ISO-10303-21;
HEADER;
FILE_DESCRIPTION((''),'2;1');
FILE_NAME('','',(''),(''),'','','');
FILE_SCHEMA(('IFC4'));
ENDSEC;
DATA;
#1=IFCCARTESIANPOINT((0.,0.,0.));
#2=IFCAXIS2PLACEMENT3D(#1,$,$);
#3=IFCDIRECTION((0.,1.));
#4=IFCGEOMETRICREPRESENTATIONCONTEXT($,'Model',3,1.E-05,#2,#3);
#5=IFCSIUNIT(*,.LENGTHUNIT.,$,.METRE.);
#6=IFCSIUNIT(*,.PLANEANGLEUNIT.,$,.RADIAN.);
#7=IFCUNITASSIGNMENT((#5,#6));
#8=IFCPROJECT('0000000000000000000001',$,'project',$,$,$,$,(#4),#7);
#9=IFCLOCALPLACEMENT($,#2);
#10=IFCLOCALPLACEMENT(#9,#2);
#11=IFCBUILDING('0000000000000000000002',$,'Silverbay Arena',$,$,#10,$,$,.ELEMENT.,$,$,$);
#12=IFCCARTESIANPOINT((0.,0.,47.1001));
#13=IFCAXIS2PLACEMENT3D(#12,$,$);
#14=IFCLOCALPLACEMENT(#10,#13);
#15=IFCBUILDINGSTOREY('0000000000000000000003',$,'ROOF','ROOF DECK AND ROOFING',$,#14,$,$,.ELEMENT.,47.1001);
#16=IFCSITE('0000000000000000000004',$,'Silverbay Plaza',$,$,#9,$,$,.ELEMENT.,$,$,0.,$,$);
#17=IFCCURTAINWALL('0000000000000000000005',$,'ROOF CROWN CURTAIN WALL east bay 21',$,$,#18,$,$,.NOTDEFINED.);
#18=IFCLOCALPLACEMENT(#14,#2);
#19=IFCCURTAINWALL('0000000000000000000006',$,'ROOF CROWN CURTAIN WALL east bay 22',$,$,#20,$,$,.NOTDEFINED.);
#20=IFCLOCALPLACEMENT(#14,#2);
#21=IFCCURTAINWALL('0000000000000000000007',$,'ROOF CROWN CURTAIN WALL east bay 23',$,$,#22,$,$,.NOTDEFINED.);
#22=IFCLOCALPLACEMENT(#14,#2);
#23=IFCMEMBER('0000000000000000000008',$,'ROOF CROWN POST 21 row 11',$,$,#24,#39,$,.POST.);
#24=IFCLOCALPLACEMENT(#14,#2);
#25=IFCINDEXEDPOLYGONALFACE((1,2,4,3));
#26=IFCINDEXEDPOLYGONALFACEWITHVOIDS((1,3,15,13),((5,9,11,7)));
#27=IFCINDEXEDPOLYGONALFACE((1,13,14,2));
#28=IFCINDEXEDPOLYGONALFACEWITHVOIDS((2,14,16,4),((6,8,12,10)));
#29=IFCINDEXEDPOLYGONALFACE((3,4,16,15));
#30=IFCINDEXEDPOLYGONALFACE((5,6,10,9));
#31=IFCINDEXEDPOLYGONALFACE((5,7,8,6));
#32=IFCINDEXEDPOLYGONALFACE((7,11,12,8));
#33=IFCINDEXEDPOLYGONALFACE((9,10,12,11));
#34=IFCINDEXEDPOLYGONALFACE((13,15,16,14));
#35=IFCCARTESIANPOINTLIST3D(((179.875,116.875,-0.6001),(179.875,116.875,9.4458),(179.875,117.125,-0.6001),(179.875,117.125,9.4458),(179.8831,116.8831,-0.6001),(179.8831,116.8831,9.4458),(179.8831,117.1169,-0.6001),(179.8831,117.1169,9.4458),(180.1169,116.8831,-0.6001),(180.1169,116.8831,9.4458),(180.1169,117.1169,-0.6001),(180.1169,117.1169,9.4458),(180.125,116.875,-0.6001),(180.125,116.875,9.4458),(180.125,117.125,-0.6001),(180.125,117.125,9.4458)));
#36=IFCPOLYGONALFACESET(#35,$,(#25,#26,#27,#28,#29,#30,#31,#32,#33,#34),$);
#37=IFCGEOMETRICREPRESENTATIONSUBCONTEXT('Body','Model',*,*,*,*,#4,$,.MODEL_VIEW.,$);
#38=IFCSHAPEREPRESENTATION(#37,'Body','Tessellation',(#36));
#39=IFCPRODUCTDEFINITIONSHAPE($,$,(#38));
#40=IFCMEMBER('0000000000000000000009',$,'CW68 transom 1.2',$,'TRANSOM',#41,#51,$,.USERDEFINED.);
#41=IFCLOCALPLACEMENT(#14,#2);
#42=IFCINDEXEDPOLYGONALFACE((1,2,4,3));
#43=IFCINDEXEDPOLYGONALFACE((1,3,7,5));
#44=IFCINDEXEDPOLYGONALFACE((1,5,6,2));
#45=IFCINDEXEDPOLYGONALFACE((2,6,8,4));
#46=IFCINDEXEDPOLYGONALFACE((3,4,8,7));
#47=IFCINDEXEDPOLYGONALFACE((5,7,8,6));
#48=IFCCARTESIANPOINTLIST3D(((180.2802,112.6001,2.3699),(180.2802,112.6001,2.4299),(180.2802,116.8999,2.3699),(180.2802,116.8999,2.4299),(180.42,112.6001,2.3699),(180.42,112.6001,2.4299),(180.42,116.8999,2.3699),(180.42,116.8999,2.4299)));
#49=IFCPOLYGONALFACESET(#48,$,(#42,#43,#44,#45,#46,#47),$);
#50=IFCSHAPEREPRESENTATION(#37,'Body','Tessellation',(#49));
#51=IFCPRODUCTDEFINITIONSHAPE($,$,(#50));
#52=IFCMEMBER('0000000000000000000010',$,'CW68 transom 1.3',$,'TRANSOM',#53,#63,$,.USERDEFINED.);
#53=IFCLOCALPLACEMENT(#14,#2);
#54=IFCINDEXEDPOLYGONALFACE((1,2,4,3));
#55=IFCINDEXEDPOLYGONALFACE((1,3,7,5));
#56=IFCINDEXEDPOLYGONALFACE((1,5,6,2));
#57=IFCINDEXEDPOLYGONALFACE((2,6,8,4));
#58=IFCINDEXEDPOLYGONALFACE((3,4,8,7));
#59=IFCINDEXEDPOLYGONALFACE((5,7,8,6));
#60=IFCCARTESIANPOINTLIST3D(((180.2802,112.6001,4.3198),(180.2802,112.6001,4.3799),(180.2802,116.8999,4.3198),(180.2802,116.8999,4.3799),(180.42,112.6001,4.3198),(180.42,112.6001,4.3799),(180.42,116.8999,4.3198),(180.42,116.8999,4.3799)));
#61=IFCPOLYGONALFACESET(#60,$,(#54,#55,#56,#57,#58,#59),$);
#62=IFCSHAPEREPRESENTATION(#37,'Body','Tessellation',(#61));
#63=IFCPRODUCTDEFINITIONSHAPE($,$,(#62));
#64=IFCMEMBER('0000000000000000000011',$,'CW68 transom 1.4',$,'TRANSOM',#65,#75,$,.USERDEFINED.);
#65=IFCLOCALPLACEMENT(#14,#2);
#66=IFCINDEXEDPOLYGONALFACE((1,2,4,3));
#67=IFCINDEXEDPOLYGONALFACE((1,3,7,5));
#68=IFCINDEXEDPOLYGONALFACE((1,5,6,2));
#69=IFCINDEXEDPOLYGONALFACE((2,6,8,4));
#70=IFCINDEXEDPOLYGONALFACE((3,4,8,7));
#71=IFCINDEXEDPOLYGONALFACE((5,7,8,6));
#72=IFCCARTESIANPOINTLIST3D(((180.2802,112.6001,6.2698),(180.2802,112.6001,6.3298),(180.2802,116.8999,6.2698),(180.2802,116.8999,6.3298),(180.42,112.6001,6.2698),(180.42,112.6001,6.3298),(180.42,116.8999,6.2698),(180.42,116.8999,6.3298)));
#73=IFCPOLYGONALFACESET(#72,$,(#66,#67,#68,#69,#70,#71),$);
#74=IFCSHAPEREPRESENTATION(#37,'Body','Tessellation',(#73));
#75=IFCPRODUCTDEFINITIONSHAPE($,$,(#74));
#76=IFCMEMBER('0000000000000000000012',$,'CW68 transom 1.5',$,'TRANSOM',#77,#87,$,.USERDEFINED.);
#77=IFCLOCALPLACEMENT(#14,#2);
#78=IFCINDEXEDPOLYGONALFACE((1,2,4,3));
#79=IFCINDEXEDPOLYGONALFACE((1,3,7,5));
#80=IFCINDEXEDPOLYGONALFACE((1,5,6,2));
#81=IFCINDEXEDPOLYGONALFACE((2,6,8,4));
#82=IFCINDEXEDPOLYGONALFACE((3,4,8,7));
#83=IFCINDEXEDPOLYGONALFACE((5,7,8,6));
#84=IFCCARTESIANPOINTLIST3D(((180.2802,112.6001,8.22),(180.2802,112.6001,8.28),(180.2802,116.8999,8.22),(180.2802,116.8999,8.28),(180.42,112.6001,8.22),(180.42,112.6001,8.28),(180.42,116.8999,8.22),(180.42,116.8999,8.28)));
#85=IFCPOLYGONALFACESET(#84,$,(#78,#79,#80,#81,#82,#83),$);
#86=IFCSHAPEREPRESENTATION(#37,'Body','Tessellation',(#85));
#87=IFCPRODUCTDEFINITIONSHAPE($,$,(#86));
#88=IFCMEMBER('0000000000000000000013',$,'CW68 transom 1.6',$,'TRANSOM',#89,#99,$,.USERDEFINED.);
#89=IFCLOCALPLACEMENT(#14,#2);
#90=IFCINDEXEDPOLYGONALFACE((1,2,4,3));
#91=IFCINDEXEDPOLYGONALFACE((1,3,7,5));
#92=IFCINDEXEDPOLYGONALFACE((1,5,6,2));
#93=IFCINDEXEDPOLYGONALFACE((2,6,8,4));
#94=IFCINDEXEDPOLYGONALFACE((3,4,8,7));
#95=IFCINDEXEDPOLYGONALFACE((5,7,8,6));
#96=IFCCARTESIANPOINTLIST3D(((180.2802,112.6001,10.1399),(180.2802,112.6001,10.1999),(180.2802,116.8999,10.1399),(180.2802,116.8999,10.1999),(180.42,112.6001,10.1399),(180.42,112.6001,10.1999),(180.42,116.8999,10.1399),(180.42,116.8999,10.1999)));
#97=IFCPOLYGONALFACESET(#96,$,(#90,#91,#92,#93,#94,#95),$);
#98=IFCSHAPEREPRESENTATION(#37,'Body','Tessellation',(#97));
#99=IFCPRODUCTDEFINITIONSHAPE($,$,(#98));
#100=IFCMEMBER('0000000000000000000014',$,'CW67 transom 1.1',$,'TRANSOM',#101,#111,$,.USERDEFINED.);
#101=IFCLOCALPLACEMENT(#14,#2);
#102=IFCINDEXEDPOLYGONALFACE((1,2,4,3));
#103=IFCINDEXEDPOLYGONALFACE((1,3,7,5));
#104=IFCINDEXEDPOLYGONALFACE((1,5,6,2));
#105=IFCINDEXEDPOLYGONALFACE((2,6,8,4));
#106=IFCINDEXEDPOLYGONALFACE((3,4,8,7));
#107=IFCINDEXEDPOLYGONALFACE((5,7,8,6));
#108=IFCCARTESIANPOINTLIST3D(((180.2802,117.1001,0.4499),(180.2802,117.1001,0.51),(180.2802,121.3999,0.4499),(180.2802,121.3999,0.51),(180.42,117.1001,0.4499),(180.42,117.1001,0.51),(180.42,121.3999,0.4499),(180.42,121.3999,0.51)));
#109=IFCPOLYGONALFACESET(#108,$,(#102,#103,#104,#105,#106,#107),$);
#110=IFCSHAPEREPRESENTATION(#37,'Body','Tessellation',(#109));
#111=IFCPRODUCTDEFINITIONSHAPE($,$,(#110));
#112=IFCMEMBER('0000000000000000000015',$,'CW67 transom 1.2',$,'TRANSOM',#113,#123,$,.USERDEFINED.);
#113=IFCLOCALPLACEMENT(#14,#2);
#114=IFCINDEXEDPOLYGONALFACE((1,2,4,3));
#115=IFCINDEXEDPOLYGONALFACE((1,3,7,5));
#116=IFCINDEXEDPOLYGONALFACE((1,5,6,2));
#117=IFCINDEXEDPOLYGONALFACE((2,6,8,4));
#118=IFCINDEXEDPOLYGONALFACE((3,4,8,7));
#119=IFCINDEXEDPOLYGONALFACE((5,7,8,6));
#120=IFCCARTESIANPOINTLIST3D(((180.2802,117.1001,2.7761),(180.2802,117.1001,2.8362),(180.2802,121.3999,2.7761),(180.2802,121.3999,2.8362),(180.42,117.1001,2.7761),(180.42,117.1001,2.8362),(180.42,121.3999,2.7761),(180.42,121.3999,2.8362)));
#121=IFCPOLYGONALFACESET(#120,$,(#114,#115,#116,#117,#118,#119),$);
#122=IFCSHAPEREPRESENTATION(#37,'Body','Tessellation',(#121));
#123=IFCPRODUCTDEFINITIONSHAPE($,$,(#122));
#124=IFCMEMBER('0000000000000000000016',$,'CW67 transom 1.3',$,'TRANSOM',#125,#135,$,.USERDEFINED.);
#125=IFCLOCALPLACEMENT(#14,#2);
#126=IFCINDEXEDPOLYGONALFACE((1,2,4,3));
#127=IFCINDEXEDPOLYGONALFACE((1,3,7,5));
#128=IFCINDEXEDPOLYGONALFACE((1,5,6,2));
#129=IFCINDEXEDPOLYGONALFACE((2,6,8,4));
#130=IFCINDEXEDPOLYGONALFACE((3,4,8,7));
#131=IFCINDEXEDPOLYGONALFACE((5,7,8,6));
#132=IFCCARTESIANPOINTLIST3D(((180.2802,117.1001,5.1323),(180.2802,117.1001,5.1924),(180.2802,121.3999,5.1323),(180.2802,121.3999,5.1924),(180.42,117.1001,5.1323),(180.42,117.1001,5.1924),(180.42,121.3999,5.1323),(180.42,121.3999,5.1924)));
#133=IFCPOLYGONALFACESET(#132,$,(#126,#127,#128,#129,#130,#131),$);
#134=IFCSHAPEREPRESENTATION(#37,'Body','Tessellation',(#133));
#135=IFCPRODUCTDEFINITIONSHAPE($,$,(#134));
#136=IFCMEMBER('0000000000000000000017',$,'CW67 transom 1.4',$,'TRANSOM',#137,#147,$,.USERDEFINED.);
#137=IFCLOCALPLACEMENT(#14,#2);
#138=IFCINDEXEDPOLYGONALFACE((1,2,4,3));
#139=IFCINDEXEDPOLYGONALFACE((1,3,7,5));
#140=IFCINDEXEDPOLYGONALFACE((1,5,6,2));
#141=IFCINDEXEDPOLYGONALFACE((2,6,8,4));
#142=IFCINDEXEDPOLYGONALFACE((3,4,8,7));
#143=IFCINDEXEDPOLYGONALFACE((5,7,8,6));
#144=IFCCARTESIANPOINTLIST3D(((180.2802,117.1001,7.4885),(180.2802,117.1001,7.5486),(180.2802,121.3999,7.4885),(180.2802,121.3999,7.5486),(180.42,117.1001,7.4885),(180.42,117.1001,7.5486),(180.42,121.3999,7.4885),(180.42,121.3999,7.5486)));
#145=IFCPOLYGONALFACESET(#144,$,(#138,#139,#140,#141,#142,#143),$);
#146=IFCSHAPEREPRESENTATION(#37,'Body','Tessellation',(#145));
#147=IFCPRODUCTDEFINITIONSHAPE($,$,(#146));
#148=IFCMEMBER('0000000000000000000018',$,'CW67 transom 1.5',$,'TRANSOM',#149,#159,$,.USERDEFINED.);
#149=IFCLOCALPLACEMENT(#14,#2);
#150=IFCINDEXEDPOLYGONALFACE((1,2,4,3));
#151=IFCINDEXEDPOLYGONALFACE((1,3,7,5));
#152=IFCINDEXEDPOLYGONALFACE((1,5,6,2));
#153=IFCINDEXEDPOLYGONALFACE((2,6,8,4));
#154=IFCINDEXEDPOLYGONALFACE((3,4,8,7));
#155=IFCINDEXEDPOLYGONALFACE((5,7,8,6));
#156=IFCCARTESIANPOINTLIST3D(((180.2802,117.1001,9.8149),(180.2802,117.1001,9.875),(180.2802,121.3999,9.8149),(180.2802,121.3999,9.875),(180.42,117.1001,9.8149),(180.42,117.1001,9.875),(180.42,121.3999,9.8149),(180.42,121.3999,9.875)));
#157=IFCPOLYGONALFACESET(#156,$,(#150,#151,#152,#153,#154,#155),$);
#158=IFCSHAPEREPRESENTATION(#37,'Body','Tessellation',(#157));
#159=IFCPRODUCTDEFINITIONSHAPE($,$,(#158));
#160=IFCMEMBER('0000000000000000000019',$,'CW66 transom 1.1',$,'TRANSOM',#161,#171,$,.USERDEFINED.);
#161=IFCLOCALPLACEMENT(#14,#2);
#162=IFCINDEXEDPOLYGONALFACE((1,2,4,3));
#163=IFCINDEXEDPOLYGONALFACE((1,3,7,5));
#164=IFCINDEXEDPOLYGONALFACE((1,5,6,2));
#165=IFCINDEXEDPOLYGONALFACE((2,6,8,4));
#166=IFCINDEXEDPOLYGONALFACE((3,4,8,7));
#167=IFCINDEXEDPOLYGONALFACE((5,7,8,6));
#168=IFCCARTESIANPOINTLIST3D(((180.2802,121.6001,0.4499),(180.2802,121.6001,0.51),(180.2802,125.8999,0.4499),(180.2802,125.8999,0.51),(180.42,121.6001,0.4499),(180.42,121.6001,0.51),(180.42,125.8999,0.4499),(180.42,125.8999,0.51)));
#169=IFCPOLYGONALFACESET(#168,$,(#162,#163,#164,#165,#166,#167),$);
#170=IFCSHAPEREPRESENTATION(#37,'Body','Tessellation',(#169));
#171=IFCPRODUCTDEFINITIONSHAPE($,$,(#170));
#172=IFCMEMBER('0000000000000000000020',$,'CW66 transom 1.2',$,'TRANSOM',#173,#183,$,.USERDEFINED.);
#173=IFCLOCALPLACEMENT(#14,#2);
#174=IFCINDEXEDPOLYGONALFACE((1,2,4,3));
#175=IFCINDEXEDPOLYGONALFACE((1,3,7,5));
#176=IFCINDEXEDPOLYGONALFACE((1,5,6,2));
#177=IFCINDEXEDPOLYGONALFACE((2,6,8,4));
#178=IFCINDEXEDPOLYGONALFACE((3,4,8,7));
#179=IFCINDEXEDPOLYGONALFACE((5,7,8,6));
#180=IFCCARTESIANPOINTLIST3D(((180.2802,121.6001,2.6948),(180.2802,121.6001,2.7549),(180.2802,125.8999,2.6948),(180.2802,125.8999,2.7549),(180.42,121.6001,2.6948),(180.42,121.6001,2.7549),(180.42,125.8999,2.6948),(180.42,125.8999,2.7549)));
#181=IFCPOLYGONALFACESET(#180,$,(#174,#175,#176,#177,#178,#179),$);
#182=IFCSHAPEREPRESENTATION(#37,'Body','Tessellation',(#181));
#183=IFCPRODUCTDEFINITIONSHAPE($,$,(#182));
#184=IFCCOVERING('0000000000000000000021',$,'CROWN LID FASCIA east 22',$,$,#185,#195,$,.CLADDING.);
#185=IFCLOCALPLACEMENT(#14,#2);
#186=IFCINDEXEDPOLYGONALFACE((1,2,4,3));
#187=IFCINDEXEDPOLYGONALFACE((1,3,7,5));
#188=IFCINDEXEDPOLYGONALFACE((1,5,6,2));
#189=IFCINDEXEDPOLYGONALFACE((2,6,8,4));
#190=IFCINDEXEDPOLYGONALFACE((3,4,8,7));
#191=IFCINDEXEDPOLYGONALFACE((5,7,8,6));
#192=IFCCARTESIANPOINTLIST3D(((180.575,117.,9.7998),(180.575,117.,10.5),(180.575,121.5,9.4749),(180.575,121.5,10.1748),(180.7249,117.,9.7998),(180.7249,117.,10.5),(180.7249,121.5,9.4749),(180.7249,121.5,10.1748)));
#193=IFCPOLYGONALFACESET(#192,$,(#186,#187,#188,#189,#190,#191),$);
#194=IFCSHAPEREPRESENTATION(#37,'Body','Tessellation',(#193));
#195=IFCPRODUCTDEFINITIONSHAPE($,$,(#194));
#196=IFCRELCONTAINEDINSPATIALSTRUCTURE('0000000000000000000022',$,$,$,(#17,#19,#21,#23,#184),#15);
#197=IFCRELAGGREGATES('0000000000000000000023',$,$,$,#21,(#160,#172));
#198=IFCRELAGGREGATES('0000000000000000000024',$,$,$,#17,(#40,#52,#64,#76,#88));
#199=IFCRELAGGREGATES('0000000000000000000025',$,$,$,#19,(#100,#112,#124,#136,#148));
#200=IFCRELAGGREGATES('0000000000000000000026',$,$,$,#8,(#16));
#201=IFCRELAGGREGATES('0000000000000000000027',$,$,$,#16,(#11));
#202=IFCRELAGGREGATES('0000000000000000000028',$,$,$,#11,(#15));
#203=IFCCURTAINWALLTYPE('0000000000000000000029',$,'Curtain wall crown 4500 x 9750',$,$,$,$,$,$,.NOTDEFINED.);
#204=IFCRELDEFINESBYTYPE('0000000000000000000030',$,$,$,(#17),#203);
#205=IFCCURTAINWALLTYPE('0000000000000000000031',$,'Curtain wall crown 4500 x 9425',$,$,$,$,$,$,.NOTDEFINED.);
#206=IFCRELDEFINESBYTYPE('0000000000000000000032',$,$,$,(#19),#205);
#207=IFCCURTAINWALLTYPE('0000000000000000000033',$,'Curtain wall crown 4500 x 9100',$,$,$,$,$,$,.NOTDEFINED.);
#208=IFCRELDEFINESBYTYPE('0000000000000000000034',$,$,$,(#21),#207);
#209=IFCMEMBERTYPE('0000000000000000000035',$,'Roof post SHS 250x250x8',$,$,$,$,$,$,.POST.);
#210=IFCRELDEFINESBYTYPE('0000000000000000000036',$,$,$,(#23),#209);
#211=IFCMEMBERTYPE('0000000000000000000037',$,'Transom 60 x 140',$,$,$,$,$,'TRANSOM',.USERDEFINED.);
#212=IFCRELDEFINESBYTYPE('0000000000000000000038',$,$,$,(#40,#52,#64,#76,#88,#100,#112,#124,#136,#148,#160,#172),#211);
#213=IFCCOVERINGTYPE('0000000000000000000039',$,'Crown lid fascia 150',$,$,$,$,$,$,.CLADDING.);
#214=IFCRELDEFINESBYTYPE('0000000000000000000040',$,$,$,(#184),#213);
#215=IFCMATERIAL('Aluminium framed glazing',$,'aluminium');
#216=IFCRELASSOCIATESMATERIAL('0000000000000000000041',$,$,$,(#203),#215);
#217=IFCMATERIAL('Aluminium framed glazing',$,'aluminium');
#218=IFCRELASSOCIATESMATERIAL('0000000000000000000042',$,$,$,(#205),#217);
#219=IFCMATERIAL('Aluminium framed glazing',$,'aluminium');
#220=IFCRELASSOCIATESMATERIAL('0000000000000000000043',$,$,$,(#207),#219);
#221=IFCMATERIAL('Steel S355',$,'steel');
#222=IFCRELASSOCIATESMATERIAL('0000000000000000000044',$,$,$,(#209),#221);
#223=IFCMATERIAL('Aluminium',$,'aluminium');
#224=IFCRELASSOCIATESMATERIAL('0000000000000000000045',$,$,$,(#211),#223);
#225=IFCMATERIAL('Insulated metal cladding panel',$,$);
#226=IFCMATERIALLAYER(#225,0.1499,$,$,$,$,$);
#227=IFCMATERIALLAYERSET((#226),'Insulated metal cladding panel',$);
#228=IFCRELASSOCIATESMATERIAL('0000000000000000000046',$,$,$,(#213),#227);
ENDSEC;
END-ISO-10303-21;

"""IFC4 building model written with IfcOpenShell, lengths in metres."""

from ifc_helpers import new_model, si_unit, direction, frame, origin, origin_2d, place, context, subcontext, project, spatial, polyline, rectangle, hollow_rectangle, outline, extrude, material, layer, layer_set, material_profile, profile_set, type_object, element, aggregate, save


model = new_model("IFC4")

# Units and contexts
model_context = context("Model", 3, precision=1e-05, world=origin(), true_north=direction((0.0, 1.0)))
body_context = subcontext(model_context, "Body", "Model", "MODEL_VIEW")
ifc_project = project(units=[si_unit("LENGTHUNIT", "METRE"), si_unit("PLANEANGLEUNIT", "RADIAN")], contexts=[model_context])

# Site, building, storey
site_placement = place(None, origin())
site = spatial("IfcSite", under=ifc_project, at=site_placement, Name="Silverbay Plaza", CompositionType="ELEMENT", RefElevation=0.0)
building_placement = place(site_placement, origin())
building = spatial("IfcBuilding", under=site, at=building_placement, Name="Silverbay Arena", CompositionType="ELEMENT")
storey_placement = place(building_placement, frame((0.0, 0.0, 47.1001)))
storey = spatial("IfcBuildingStorey", under=building, at=storey_placement, Name="ROOF", Description="ROOF DECK AND ROOFING", CompositionType="ELEMENT", Elevation=47.1001)

# Curtain wall
ifc_material_1 = material(Name="Aluminium framed glazing", Category="aluminium")
curtain_wall_type_1 = type_object("IfcCurtainWallType", Name="Curtain wall crown 4500 x 9750", PredefinedType="NOTDEFINED", material=ifc_material_1)
curtain_wall_1_placement = place(storey_placement, origin())
curtain_wall_1 = element("IfcCurtainWall", 1, at=curtain_wall_1_placement, inside=storey, type_object=curtain_wall_type_1, Name="ROOF CROWN CURTAIN WALL east bay 21", PredefinedType="NOTDEFINED")
placement = place(building_placement, frame((0.0, 0.0, 33.5)))

# Curtain wall
ifc_material_2 = material(Name="Aluminium framed glazing", Category="aluminium")
curtain_wall_type_2 = type_object("IfcCurtainWallType", Name="Curtain wall crown 4500 x 9425", PredefinedType="NOTDEFINED", material=ifc_material_2)
curtain_wall_2_placement = place(storey_placement, origin())
curtain_wall_2 = element("IfcCurtainWall", 2, at=curtain_wall_2_placement, inside=storey, type_object=curtain_wall_type_2, Name="ROOF CROWN CURTAIN WALL east bay 22", PredefinedType="NOTDEFINED")

# Curtain wall
ifc_material_3 = material(Name="Aluminium framed glazing", Category="aluminium")
curtain_wall_type_3 = type_object("IfcCurtainWallType", Name="Curtain wall crown 4500 x 9100", PredefinedType="NOTDEFINED", material=ifc_material_3)
curtain_wall_3_placement = place(storey_placement, origin())
curtain_wall_3 = element("IfcCurtainWall", 3, at=curtain_wall_3_placement, inside=storey, type_object=curtain_wall_type_3, Name="ROOF CROWN CURTAIN WALL east bay 23", PredefinedType="NOTDEFINED")

# Member
ifc_material_4 = material(Name="Steel S355", Category="steel")
ifc_material_profile_1 = material_profile(ifc_material_4, hollow_rectangle(XDim=0.25, YDim=0.25, WallThickness=0.0081, at=origin_2d()), Name="SHS 250x250x8")
ifc_profile_set_1 = profile_set([ifc_material_profile_1], Name="Steel S355")
member_type_1 = type_object("IfcMemberType", Name="Roof post SHS 250x250x8", PredefinedType="POST", material=ifc_profile_set_1)
member_1_placement = place(storey_placement, frame((180.0, 117.0, -0.6001), z_axis=(0.0, 0.0, 1.0), x_axis=(1.0, 0.0, 0.0)))
element("IfcMember", 4, at=member_1_placement, inside=storey, type_object=member_type_1, Name="ROOF CROWN POST 21 row 11", PredefinedType="POST", context=body_context, shape_type="SweptSolid", body=[
    extrude(hollow_rectangle(XDim=0.25, YDim=0.25, WallThickness=0.0081, at=origin_2d()), origin(), (0.0, 0.0, 1.0), 10.0459),
])

# Members
ifc_material_5 = material(Name="Aluminium", Category="aluminium")
ifc_material_profile_2 = material_profile(ifc_material_5, rectangle(XDim=0.1399, YDim=0.0601, at=origin_2d()), Name="Transom 60 x 140")
ifc_profile_set_2 = profile_set([ifc_material_profile_2], Name="Aluminium")
member_type_2 = type_object("IfcMemberType", Name="Transom 60 x 140", ElementType="TRANSOM", PredefinedType="USERDEFINED", material=ifc_profile_set_2)
member_2_placement = place(placement, frame((180.3501, 112.6001, 16.0), z_axis=(0.0, 1.0, 0.0), x_axis=(-1.0, 0.0, 0.0)))
member_2 = element("IfcMember", 5, at=member_2_placement, type_object=member_type_2, Name="CW68 transom 1.2", ObjectType="TRANSOM", PredefinedType="USERDEFINED", context=body_context, shape_type="SweptSolid", body=[
    extrude(rectangle(XDim=0.1399, YDim=0.0601, at=origin_2d()), origin(), (0.0, 0.0, 1.0), 4.2998),
])
member_3_placement = place(placement, frame((180.3501, 112.6001, 17.95), z_axis=(0.0, 1.0, 0.0), x_axis=(-1.0, 0.0, 0.0)))
member_3 = element("IfcMember", 6, at=member_3_placement, type_object=member_type_2, Name="CW68 transom 1.3", ObjectType="TRANSOM", PredefinedType="USERDEFINED", context=body_context, shape_type="SweptSolid", body=[
    extrude(rectangle(XDim=0.1399, YDim=0.0601, at=origin_2d()), origin(), (0.0, 0.0, 1.0), 4.2998),
])
member_4_placement = place(placement, frame((180.3501, 112.6001, 19.8999), z_axis=(0.0, 1.0, 0.0), x_axis=(-1.0, 0.0, 0.0)))
member_4 = element("IfcMember", 7, at=member_4_placement, type_object=member_type_2, Name="CW68 transom 1.4", ObjectType="TRANSOM", PredefinedType="USERDEFINED", context=body_context, shape_type="SweptSolid", body=[
    extrude(rectangle(XDim=0.1399, YDim=0.0601, at=origin_2d()), origin(), (0.0, 0.0, 1.0), 4.2998),
])
member_5_placement = place(placement, frame((180.3501, 112.6001, 21.8501), z_axis=(0.0, 1.0, 0.0), x_axis=(-1.0, 0.0, 0.0)))
member_5 = element("IfcMember", 8, at=member_5_placement, type_object=member_type_2, Name="CW68 transom 1.5", ObjectType="TRANSOM", PredefinedType="USERDEFINED", context=body_context, shape_type="SweptSolid", body=[
    extrude(rectangle(XDim=0.1399, YDim=0.0601, at=origin_2d()), origin(), (0.0, 0.0, 1.0), 4.2998),
])
member_6_placement = place(placement, frame((180.3501, 112.6001, 23.77), z_axis=(0.0, 1.0, 0.0), x_axis=(-1.0, 0.0, 0.0)))
member_6 = element("IfcMember", 9, at=member_6_placement, type_object=member_type_2, Name="CW68 transom 1.6", ObjectType="TRANSOM", PredefinedType="USERDEFINED", context=body_context, shape_type="SweptSolid", body=[
    extrude(rectangle(XDim=0.1399, YDim=0.0601, at=origin_2d()), origin(), (0.0, 0.0, 1.0), 4.2998),
])
member_7_placement = place(placement, frame((180.3501, 117.1001, 14.0801), z_axis=(0.0, 1.0, 0.0), x_axis=(-1.0, 0.0, 0.0)))
member_7 = element("IfcMember", 10, at=member_7_placement, type_object=member_type_2, Name="CW67 transom 1.1", ObjectType="TRANSOM", PredefinedType="USERDEFINED", context=body_context, shape_type="SweptSolid", body=[
    extrude(rectangle(XDim=0.1399, YDim=0.0601, at=origin_2d()), origin(), (0.0, 0.0, 1.0), 4.2998),
])
member_8_placement = place(placement, frame((180.3501, 117.1001, 16.4062), z_axis=(0.0, 1.0, 0.0), x_axis=(-1.0, 0.0, 0.0)))
member_8 = element("IfcMember", 11, at=member_8_placement, type_object=member_type_2, Name="CW67 transom 1.2", ObjectType="TRANSOM", PredefinedType="USERDEFINED", context=body_context, shape_type="SweptSolid", body=[
    extrude(rectangle(XDim=0.1399, YDim=0.0601, at=origin_2d()), origin(), (0.0, 0.0, 1.0), 4.2998),
])
member_9_placement = place(placement, frame((180.3501, 117.1001, 18.7625), z_axis=(0.0, 1.0, 0.0), x_axis=(-1.0, 0.0, 0.0)))
member_9 = element("IfcMember", 12, at=member_9_placement, type_object=member_type_2, Name="CW67 transom 1.3", ObjectType="TRANSOM", PredefinedType="USERDEFINED", context=body_context, shape_type="SweptSolid", body=[
    extrude(rectangle(XDim=0.1399, YDim=0.0601, at=origin_2d()), origin(), (0.0, 0.0, 1.0), 4.2998),
])
member_10_placement = place(placement, frame((180.3501, 117.1001, 21.1187), z_axis=(0.0, 1.0, 0.0), x_axis=(-1.0, 0.0, 0.0)))
member_10 = element("IfcMember", 13, at=member_10_placement, type_object=member_type_2, Name="CW67 transom 1.4", ObjectType="TRANSOM", PredefinedType="USERDEFINED", context=body_context, shape_type="SweptSolid", body=[
    extrude(rectangle(XDim=0.1399, YDim=0.0601, at=origin_2d()), origin(), (0.0, 0.0, 1.0), 4.2998),
])
member_11_placement = place(placement, frame((180.3501, 117.1001, 23.4451), z_axis=(0.0, 1.0, 0.0), x_axis=(-1.0, 0.0, 0.0)))
member_11 = element("IfcMember", 14, at=member_11_placement, type_object=member_type_2, Name="CW67 transom 1.5", ObjectType="TRANSOM", PredefinedType="USERDEFINED", context=body_context, shape_type="SweptSolid", body=[
    extrude(rectangle(XDim=0.1399, YDim=0.0601, at=origin_2d()), origin(), (0.0, 0.0, 1.0), 4.2998),
])
member_12_placement = place(placement, frame((180.3501, 121.6001, 14.0801), z_axis=(0.0, 1.0, 0.0), x_axis=(-1.0, 0.0, 0.0)))
member_12 = element("IfcMember", 15, at=member_12_placement, type_object=member_type_2, Name="CW66 transom 1.1", ObjectType="TRANSOM", PredefinedType="USERDEFINED", context=body_context, shape_type="SweptSolid", body=[
    extrude(rectangle(XDim=0.1399, YDim=0.0601, at=origin_2d()), origin(), (0.0, 0.0, 1.0), 4.2998),
])
member_13_placement = place(placement, frame((180.3501, 121.6001, 16.325), z_axis=(0.0, 1.0, 0.0), x_axis=(-1.0, 0.0, 0.0)))
member_13 = element("IfcMember", 16, at=member_13_placement, type_object=member_type_2, Name="CW66 transom 1.2", ObjectType="TRANSOM", PredefinedType="USERDEFINED", context=body_context, shape_type="SweptSolid", body=[
    extrude(rectangle(XDim=0.1399, YDim=0.0601, at=origin_2d()), origin(), (0.0, 0.0, 1.0), 4.2998),
])
aggregate(curtain_wall_3, [member_12, member_13])

aggregate(curtain_wall_1, [member_2, member_3, member_4, member_5, member_6])
aggregate(curtain_wall_2, [member_7, member_8, member_9, member_10, member_11])

# Covering
ifc_material_6 = material(Name="Insulated metal cladding panel")
ifc_layer_1 = layer(ifc_material_6, 0.1499)
ifc_layer_set_1 = layer_set([ifc_layer_1], Name="Insulated metal cladding panel")
covering_type = type_object("IfcCoveringType", Name="Crown lid fascia 150", PredefinedType="CLADDING", material=ifc_layer_set_1)
covering_1_placement = place(storey_placement, frame((180.575, 117.0, 10.5), z_axis=(-1.0, 0.0, 0.0), x_axis=(0.0, 0.997399, -0.072078)))
element("IfcCovering", 17, at=covering_1_placement, inside=storey, type_object=covering_type, Name="CROWN LID FASCIA east 22", PredefinedType="CLADDING", context=body_context, shape_type="SweptSolid", body=[
    extrude(outline(polyline([(0.0, 0.0), (4.5117, 0.0), (4.5622, 0.6981), (0.0505, 0.6984), (0.0, 0.0)])), origin(), (0.0, 0.0, -1.0), 0.1499),
])

save(model, "model.ifc")
